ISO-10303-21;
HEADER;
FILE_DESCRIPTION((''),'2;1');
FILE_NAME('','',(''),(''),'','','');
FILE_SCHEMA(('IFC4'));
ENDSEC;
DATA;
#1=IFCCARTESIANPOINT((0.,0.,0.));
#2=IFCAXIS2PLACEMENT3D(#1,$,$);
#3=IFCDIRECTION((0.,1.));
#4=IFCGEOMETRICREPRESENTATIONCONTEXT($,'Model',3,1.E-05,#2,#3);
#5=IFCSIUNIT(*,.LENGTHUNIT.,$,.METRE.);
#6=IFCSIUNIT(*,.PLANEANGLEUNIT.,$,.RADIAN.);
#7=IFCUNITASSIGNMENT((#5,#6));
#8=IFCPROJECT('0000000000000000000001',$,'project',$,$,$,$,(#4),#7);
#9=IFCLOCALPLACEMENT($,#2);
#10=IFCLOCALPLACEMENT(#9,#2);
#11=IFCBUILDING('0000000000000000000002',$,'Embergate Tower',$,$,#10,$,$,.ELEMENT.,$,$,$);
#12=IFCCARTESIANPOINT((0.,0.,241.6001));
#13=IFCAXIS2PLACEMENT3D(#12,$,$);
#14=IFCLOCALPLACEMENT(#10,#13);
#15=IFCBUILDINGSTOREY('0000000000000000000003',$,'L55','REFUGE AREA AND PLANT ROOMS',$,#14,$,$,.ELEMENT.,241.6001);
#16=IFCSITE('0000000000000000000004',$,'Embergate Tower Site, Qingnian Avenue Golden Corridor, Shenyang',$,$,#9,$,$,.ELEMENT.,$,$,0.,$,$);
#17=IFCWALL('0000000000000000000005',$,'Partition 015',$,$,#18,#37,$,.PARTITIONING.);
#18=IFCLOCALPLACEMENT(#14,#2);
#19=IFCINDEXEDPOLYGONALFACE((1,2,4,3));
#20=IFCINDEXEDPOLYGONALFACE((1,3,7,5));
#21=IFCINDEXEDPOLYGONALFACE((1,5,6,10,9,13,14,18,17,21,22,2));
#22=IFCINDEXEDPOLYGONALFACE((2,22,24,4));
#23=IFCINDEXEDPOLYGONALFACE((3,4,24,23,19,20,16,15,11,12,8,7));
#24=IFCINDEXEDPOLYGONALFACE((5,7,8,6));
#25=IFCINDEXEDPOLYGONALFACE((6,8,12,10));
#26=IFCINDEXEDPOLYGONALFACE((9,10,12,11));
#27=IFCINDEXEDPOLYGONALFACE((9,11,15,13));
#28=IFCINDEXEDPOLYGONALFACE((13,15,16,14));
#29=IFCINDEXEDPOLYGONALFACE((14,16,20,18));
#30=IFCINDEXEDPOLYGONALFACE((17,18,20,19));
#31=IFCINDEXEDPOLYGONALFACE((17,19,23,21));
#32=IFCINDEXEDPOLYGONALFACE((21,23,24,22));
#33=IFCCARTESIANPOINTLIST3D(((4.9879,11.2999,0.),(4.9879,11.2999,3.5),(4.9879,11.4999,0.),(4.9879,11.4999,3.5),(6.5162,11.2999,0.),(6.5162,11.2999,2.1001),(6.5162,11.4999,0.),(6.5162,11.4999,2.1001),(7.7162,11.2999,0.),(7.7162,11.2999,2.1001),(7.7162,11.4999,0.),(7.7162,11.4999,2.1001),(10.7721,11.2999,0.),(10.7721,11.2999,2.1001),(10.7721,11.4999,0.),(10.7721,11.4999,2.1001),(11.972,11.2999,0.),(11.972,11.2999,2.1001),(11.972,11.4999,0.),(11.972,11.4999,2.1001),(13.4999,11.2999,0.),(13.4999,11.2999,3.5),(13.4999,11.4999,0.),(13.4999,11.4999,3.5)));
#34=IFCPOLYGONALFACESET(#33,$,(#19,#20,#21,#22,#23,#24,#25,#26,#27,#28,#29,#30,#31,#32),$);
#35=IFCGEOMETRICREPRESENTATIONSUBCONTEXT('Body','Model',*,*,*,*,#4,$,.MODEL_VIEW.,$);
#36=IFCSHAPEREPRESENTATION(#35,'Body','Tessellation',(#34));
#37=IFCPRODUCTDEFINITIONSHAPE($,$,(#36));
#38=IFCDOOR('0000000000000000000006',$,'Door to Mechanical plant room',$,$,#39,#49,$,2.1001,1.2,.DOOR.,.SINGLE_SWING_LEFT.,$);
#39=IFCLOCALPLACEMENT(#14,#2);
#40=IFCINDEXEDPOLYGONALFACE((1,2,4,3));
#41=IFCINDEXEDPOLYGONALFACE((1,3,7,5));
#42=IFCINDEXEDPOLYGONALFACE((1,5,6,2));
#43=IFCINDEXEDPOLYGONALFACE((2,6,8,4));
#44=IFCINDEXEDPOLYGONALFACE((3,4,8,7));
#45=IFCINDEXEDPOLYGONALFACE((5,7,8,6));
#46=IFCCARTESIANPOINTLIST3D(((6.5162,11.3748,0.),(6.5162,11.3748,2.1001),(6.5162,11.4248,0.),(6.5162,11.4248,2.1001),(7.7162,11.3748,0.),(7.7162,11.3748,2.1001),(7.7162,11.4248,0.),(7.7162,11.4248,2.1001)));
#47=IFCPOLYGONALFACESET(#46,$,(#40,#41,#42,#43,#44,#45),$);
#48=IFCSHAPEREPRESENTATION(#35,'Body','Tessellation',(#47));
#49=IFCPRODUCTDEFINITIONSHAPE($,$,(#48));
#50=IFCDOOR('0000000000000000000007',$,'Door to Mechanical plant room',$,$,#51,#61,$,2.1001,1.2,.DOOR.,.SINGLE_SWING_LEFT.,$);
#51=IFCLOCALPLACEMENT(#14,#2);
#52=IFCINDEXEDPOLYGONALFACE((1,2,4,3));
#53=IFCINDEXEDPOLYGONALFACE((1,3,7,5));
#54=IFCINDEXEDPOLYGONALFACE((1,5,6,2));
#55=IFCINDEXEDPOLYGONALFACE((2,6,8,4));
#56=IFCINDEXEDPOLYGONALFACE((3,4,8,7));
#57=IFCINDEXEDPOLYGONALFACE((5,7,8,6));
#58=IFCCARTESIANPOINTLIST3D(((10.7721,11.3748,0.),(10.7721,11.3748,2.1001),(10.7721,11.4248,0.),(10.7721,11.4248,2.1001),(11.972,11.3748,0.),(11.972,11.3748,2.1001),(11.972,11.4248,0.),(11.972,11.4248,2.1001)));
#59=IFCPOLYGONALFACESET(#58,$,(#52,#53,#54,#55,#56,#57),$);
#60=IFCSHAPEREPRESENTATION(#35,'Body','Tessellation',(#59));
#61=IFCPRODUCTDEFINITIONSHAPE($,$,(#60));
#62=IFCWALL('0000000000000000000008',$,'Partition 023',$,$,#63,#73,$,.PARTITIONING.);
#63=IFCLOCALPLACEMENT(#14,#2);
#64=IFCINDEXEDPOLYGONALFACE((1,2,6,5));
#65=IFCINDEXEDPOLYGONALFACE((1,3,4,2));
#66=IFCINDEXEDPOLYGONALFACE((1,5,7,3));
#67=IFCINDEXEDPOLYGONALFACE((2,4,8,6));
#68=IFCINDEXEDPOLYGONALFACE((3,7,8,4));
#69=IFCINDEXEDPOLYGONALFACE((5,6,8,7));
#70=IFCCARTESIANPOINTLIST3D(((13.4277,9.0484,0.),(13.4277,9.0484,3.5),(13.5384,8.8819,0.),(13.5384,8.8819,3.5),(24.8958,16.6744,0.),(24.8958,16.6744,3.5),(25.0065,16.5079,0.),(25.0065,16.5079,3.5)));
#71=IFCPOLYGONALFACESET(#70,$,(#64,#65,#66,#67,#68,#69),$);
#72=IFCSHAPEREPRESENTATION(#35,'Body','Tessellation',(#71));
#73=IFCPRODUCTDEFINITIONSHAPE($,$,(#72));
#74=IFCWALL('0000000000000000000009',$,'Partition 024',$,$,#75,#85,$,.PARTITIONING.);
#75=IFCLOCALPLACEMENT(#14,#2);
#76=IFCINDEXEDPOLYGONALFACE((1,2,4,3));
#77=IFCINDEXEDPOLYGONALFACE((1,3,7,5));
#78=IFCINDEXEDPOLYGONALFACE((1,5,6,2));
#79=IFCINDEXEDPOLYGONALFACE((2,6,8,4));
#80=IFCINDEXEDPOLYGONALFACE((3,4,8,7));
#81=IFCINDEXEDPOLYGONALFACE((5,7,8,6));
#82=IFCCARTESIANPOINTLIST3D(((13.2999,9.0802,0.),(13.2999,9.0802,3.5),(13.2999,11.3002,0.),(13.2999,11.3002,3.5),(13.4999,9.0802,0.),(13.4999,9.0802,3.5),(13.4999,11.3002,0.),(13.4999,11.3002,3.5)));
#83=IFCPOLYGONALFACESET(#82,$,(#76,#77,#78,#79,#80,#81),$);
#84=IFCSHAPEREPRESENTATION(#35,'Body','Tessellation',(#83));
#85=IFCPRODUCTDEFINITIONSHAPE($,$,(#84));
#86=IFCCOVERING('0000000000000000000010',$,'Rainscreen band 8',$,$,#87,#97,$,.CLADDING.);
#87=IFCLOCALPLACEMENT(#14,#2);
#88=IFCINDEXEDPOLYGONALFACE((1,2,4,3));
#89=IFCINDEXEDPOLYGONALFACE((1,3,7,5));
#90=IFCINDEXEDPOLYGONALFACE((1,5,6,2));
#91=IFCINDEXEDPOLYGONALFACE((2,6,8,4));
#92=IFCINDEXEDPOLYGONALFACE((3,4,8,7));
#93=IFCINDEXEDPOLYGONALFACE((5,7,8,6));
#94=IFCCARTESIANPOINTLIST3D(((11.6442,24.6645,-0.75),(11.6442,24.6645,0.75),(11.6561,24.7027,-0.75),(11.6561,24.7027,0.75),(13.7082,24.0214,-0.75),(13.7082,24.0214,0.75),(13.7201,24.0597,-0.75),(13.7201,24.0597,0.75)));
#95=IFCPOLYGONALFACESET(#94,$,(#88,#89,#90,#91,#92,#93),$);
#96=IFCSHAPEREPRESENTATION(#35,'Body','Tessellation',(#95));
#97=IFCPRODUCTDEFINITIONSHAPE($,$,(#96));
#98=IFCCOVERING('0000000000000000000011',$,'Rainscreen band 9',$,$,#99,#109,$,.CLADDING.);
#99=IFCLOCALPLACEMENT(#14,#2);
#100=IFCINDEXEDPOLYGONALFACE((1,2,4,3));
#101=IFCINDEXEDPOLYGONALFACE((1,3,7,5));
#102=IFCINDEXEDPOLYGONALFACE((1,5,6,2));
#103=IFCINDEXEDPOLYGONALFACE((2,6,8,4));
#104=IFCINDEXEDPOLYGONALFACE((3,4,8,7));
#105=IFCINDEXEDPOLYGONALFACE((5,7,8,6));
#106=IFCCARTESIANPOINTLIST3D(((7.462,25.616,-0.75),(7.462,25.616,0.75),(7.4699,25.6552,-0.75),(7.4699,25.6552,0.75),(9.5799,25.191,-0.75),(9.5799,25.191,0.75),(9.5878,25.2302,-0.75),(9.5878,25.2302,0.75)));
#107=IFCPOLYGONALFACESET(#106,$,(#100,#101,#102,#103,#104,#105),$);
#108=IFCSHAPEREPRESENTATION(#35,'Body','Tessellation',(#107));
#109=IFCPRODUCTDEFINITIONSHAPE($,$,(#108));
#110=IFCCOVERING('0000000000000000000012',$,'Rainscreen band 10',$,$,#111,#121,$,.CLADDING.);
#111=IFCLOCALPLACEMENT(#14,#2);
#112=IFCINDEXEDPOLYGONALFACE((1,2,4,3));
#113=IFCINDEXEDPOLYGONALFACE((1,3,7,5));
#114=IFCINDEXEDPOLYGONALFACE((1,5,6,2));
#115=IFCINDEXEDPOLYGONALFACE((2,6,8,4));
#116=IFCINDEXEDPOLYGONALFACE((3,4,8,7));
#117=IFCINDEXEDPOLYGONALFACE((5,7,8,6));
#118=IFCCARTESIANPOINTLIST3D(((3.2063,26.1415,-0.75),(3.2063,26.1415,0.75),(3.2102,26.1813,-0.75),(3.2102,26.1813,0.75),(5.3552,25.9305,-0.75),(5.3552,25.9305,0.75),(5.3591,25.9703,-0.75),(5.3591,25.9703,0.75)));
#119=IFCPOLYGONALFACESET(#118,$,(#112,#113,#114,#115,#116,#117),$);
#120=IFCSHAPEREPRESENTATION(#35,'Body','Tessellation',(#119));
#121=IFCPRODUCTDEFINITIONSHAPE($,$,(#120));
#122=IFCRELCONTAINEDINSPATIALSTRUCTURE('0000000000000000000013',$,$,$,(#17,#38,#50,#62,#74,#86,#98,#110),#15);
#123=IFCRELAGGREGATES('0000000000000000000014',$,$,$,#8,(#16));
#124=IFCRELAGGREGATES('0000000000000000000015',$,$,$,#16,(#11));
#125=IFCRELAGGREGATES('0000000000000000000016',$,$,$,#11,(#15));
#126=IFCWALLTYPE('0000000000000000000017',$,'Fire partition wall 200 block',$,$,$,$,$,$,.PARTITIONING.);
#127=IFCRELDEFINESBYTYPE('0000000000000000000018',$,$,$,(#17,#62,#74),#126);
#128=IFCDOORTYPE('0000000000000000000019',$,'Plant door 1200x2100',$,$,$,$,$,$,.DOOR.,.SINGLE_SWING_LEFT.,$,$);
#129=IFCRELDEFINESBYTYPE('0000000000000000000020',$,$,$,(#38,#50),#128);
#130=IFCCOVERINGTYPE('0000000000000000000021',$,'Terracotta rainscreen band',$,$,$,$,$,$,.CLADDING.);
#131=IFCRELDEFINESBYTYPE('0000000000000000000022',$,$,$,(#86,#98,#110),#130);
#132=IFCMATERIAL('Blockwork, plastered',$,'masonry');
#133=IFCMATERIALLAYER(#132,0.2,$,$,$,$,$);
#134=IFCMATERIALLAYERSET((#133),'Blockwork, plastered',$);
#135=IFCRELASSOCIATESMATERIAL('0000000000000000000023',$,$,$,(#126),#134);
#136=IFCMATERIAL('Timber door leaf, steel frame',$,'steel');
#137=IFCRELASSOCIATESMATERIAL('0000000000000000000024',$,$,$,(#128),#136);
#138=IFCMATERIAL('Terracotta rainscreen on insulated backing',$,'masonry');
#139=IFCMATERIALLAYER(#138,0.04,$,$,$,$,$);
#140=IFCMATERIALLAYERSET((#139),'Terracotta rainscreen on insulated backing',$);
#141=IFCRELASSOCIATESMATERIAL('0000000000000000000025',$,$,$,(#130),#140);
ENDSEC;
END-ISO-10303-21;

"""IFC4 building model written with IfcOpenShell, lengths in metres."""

from ifc_helpers import new_model, si_unit, direction, frame, frame_2d, origin, origin_2d, place, context, subcontext, project, spatial, rectangle, extrude, source, transform, mapped, material, layer, layer_set, type_object, element, fill, save


model = new_model("IFC4")

# Units and contexts
model_context = context("Model", 3, precision=1e-05, world=origin(), true_north=direction((0.0, 1.0)))
body_context = subcontext(model_context, "Body", "Model", "MODEL_VIEW")
ifc_project = project(units=[si_unit("LENGTHUNIT", "METRE"), si_unit("PLANEANGLEUNIT", "RADIAN")], contexts=[model_context])

# Site, building, storey
site_placement = place(None, origin())
site = spatial("IfcSite", under=ifc_project, at=site_placement, Name="Embergate Tower Site, Qingnian Avenue Golden Corridor, Shenyang", CompositionType="ELEMENT", RefElevation=0.0)
building_placement = place(site_placement, origin())
building = spatial("IfcBuilding", under=site, at=building_placement, Name="Embergate Tower", CompositionType="ELEMENT")
storey_placement = place(building_placement, frame((0.0, 0.0, 241.6001)))
storey = spatial("IfcBuildingStorey", under=building, at=storey_placement, Name="L55", Description="REFUGE AREA AND PLANT ROOMS", CompositionType="ELEMENT", Elevation=241.6001)

# Shared definitions
ifc_material_1 = material(Name="Blockwork, plastered", Category="masonry")
ifc_layer_1 = layer(ifc_material_1, 0.2)
ifc_layer_set_1 = layer_set([ifc_layer_1], Name="Blockwork, plastered")
wall_type_1 = type_object("IfcWallType", Name="Fire partition wall 200 block", PredefinedType="PARTITIONING", material=ifc_layer_set_1)

# Wall, openings, doors
shared_shape_1 = source(origin(), body_context, "Body", "SweptSolid", [
    extrude(rectangle(XDim=8.512, YDim=0.2, at=frame_2d((4.2559, 0.0))), origin(), (0.0, 0.0, 1.0), 3.5),
])
wall_1_placement = place(storey_placement, frame((4.988, 11.3999, 0.0), z_axis=(0.0, 0.0, 1.0), x_axis=(1.0, 0.0, 0.0)))
wall_1 = element("IfcWall", 1, at=wall_1_placement, inside=storey, type_object=wall_type_1, Name="Partition 015", PredefinedType="PARTITIONING", context=body_context, shape_type="MappedRepresentation", body=[
    mapped(shared_shape_1, transform((0.0, 0.0, 0.0))),
])
shared_shape_2 = source(origin(), body_context, "Body", "SweptSolid", [
    extrude(rectangle(XDim=1.2, YDim=2.1001, at=frame_2d((0.6001, 1.05))), frame((0.0, 0.1099, 0.0), z_axis=(0.0, -1.0, 0.0), x_axis=(1.0, 0.0, 0.0)), (0.0, 0.0, 1.0), 0.22),
])
opening_1_placement = place(wall_1_placement, frame((1.5281, 0.0, 0.0)))
opening_1 = element("IfcOpeningElement", 2, at=opening_1_placement, cuts=wall_1, PredefinedType="OPENING", context=body_context, shape_type="MappedRepresentation", body=[
    mapped(shared_shape_2, transform((0.0, 0.0, 0.0))),
])
opening_2_placement = place(wall_1_placement, frame((5.7839, 0.0, 0.0)))
opening_2 = element("IfcOpeningElement", 3, at=opening_2_placement, cuts=wall_1, PredefinedType="OPENING", context=body_context, shape_type="MappedRepresentation", body=[
    mapped(shared_shape_2, transform((0.0, 0.0, 0.0))),
])
ifc_material_2 = material(Name="Timber door leaf, steel frame", Category="steel")
door_type_1 = type_object("IfcDoorType", Name="Plant door 1200x2100", OperationType="SINGLE_SWING_LEFT", PredefinedType="DOOR", material=ifc_material_2)
shared_shape_3 = source(origin(), body_context, "Body", "SweptSolid", [
    extrude(rectangle(XDim=1.2, YDim=2.1001, at=frame_2d((0.6001, 1.05))), frame((0.0, 0.0249, 0.0), z_axis=(0.0, -1.0, 0.0), x_axis=(1.0, 0.0, 0.0)), (0.0, 0.0, 1.0), 0.05),
])
door_1_placement = place(opening_1_placement, origin())
door_1 = element("IfcDoor", 4, at=door_1_placement, inside=storey, type_object=door_type_1, Name="Door to Mechanical plant room", OperationType="SINGLE_SWING_LEFT", OverallHeight=2.1001, OverallWidth=1.2, PredefinedType="DOOR", context=body_context, shape_type="MappedRepresentation", body=[
    mapped(shared_shape_3, transform((0.0, 0.0, 0.0))),
])
fill(opening_1, door_1)
door_2_placement = place(opening_2_placement, origin())
door_2 = element("IfcDoor", 5, at=door_2_placement, inside=storey, type_object=door_type_1, Name="Door to Mechanical plant room", OperationType="SINGLE_SWING_LEFT", OverallHeight=2.1001, OverallWidth=1.2, PredefinedType="DOOR", context=body_context, shape_type="MappedRepresentation", body=[
    mapped(shared_shape_3, transform((0.0, 0.0, 0.0))),
])
fill(opening_2, door_2)

# Walls
shared_shape_4 = source(origin(), body_context, "Body", "SweptSolid", [
    extrude(rectangle(XDim=13.7722, YDim=0.2, at=frame_2d((6.8862, 0.0))), origin(), (0.0, 0.0, 1.0), 3.5),
])
wall_2_placement = place(storey_placement, frame((13.4829, 8.9651, 0.0), z_axis=(0.0, 0.0, 1.0), x_axis=(0.832699, 0.553726, 0.0)))
element("IfcWall", 6, at=wall_2_placement, inside=storey, type_object=wall_type_1, Name="Partition 023", PredefinedType="PARTITIONING", context=body_context, shape_type="MappedRepresentation", body=[
    mapped(shared_shape_4, transform((0.0, 0.0, 0.0))),
])
shared_shape_5 = source(origin(), body_context, "Body", "SweptSolid", [
    extrude(rectangle(XDim=2.22, YDim=0.2, at=frame_2d((1.1099, 0.0))), origin(), (0.0, 0.0, 1.0), 3.5),
])
wall_3_placement = place(storey_placement, frame((13.3999, 11.3, 0.0), z_axis=(0.0, 0.0, 1.0), x_axis=(0.0, -1.0, 0.0)))
element("IfcWall", 7, at=wall_3_placement, inside=storey, type_object=wall_type_1, Name="Partition 024", PredefinedType="PARTITIONING", context=body_context, shape_type="MappedRepresentation", body=[
    mapped(shared_shape_5, transform((0.0, 0.0, 0.0))),
])

# Coverings
ifc_material_3 = material(Name="Terracotta rainscreen on insulated backing", Category="masonry")
ifc_layer_2 = layer(ifc_material_3, 0.04)
ifc_layer_set_2 = layer_set([ifc_layer_2], Name="Terracotta rainscreen on insulated backing")
covering_type = type_object("IfcCoveringType", Name="Terracotta rainscreen band", PredefinedType="CLADDING", material=ifc_layer_set_2)
shared_shape_6 = source(origin(), body_context, "Body", "SweptSolid", [
    extrude(rectangle(XDim=2.1619, YDim=0.04, at=origin_2d()), origin(), (0.0, 0.0, 1.0), 1.5),
])
covering_1_placement = place(storey_placement, frame((12.6821, 24.3621, -0.75), z_axis=(0.0, 0.0, 1.0), x_axis=(-0.954743, 0.297432, 0.0)))
element("IfcCovering", 8, at=covering_1_placement, inside=storey, type_object=covering_type, Name="Rainscreen band 8", PredefinedType="CLADDING", context=body_context, shape_type="MappedRepresentation", body=[
    mapped(shared_shape_6, transform((0.0, 0.0, 0.0))),
])
shared_shape_7 = source(origin(), body_context, "Body", "SweptSolid", [
    extrude(rectangle(XDim=2.1602, YDim=0.04, at=origin_2d()), origin(), (0.0, 0.0, 1.0), 1.5),
])
covering_2_placement = place(storey_placement, frame((8.5249, 25.4231, -0.75), z_axis=(0.0, 0.0, 1.0), x_axis=(-0.980456, 0.196739, 0.0)))
element("IfcCovering", 9, at=covering_2_placement, inside=storey, type_object=covering_type, Name="Rainscreen band 9", PredefinedType="CLADDING", context=body_context, shape_type="MappedRepresentation", body=[
    mapped(shared_shape_7, transform((0.0, 0.0, 0.0))),
])
shared_shape_8 = source(origin(), body_context, "Body", "SweptSolid", [
    extrude(rectangle(XDim=2.1592, YDim=0.04, at=origin_2d()), origin(), (0.0, 0.0, 1.0), 1.5),
])
covering_3_placement = place(storey_placement, frame((4.2827, 26.0559, -0.75), z_axis=(0.0, 0.0, 1.0), x_axis=(-0.995214, 0.097715, 0.0)))
element("IfcCovering", 10, at=covering_3_placement, inside=storey, type_object=covering_type, Name="Rainscreen band 10", PredefinedType="CLADDING", context=body_context, shape_type="MappedRepresentation", body=[
    mapped(shared_shape_8, transform((0.0, 0.0, 0.0))),
])

save(model, "model.ifc")
